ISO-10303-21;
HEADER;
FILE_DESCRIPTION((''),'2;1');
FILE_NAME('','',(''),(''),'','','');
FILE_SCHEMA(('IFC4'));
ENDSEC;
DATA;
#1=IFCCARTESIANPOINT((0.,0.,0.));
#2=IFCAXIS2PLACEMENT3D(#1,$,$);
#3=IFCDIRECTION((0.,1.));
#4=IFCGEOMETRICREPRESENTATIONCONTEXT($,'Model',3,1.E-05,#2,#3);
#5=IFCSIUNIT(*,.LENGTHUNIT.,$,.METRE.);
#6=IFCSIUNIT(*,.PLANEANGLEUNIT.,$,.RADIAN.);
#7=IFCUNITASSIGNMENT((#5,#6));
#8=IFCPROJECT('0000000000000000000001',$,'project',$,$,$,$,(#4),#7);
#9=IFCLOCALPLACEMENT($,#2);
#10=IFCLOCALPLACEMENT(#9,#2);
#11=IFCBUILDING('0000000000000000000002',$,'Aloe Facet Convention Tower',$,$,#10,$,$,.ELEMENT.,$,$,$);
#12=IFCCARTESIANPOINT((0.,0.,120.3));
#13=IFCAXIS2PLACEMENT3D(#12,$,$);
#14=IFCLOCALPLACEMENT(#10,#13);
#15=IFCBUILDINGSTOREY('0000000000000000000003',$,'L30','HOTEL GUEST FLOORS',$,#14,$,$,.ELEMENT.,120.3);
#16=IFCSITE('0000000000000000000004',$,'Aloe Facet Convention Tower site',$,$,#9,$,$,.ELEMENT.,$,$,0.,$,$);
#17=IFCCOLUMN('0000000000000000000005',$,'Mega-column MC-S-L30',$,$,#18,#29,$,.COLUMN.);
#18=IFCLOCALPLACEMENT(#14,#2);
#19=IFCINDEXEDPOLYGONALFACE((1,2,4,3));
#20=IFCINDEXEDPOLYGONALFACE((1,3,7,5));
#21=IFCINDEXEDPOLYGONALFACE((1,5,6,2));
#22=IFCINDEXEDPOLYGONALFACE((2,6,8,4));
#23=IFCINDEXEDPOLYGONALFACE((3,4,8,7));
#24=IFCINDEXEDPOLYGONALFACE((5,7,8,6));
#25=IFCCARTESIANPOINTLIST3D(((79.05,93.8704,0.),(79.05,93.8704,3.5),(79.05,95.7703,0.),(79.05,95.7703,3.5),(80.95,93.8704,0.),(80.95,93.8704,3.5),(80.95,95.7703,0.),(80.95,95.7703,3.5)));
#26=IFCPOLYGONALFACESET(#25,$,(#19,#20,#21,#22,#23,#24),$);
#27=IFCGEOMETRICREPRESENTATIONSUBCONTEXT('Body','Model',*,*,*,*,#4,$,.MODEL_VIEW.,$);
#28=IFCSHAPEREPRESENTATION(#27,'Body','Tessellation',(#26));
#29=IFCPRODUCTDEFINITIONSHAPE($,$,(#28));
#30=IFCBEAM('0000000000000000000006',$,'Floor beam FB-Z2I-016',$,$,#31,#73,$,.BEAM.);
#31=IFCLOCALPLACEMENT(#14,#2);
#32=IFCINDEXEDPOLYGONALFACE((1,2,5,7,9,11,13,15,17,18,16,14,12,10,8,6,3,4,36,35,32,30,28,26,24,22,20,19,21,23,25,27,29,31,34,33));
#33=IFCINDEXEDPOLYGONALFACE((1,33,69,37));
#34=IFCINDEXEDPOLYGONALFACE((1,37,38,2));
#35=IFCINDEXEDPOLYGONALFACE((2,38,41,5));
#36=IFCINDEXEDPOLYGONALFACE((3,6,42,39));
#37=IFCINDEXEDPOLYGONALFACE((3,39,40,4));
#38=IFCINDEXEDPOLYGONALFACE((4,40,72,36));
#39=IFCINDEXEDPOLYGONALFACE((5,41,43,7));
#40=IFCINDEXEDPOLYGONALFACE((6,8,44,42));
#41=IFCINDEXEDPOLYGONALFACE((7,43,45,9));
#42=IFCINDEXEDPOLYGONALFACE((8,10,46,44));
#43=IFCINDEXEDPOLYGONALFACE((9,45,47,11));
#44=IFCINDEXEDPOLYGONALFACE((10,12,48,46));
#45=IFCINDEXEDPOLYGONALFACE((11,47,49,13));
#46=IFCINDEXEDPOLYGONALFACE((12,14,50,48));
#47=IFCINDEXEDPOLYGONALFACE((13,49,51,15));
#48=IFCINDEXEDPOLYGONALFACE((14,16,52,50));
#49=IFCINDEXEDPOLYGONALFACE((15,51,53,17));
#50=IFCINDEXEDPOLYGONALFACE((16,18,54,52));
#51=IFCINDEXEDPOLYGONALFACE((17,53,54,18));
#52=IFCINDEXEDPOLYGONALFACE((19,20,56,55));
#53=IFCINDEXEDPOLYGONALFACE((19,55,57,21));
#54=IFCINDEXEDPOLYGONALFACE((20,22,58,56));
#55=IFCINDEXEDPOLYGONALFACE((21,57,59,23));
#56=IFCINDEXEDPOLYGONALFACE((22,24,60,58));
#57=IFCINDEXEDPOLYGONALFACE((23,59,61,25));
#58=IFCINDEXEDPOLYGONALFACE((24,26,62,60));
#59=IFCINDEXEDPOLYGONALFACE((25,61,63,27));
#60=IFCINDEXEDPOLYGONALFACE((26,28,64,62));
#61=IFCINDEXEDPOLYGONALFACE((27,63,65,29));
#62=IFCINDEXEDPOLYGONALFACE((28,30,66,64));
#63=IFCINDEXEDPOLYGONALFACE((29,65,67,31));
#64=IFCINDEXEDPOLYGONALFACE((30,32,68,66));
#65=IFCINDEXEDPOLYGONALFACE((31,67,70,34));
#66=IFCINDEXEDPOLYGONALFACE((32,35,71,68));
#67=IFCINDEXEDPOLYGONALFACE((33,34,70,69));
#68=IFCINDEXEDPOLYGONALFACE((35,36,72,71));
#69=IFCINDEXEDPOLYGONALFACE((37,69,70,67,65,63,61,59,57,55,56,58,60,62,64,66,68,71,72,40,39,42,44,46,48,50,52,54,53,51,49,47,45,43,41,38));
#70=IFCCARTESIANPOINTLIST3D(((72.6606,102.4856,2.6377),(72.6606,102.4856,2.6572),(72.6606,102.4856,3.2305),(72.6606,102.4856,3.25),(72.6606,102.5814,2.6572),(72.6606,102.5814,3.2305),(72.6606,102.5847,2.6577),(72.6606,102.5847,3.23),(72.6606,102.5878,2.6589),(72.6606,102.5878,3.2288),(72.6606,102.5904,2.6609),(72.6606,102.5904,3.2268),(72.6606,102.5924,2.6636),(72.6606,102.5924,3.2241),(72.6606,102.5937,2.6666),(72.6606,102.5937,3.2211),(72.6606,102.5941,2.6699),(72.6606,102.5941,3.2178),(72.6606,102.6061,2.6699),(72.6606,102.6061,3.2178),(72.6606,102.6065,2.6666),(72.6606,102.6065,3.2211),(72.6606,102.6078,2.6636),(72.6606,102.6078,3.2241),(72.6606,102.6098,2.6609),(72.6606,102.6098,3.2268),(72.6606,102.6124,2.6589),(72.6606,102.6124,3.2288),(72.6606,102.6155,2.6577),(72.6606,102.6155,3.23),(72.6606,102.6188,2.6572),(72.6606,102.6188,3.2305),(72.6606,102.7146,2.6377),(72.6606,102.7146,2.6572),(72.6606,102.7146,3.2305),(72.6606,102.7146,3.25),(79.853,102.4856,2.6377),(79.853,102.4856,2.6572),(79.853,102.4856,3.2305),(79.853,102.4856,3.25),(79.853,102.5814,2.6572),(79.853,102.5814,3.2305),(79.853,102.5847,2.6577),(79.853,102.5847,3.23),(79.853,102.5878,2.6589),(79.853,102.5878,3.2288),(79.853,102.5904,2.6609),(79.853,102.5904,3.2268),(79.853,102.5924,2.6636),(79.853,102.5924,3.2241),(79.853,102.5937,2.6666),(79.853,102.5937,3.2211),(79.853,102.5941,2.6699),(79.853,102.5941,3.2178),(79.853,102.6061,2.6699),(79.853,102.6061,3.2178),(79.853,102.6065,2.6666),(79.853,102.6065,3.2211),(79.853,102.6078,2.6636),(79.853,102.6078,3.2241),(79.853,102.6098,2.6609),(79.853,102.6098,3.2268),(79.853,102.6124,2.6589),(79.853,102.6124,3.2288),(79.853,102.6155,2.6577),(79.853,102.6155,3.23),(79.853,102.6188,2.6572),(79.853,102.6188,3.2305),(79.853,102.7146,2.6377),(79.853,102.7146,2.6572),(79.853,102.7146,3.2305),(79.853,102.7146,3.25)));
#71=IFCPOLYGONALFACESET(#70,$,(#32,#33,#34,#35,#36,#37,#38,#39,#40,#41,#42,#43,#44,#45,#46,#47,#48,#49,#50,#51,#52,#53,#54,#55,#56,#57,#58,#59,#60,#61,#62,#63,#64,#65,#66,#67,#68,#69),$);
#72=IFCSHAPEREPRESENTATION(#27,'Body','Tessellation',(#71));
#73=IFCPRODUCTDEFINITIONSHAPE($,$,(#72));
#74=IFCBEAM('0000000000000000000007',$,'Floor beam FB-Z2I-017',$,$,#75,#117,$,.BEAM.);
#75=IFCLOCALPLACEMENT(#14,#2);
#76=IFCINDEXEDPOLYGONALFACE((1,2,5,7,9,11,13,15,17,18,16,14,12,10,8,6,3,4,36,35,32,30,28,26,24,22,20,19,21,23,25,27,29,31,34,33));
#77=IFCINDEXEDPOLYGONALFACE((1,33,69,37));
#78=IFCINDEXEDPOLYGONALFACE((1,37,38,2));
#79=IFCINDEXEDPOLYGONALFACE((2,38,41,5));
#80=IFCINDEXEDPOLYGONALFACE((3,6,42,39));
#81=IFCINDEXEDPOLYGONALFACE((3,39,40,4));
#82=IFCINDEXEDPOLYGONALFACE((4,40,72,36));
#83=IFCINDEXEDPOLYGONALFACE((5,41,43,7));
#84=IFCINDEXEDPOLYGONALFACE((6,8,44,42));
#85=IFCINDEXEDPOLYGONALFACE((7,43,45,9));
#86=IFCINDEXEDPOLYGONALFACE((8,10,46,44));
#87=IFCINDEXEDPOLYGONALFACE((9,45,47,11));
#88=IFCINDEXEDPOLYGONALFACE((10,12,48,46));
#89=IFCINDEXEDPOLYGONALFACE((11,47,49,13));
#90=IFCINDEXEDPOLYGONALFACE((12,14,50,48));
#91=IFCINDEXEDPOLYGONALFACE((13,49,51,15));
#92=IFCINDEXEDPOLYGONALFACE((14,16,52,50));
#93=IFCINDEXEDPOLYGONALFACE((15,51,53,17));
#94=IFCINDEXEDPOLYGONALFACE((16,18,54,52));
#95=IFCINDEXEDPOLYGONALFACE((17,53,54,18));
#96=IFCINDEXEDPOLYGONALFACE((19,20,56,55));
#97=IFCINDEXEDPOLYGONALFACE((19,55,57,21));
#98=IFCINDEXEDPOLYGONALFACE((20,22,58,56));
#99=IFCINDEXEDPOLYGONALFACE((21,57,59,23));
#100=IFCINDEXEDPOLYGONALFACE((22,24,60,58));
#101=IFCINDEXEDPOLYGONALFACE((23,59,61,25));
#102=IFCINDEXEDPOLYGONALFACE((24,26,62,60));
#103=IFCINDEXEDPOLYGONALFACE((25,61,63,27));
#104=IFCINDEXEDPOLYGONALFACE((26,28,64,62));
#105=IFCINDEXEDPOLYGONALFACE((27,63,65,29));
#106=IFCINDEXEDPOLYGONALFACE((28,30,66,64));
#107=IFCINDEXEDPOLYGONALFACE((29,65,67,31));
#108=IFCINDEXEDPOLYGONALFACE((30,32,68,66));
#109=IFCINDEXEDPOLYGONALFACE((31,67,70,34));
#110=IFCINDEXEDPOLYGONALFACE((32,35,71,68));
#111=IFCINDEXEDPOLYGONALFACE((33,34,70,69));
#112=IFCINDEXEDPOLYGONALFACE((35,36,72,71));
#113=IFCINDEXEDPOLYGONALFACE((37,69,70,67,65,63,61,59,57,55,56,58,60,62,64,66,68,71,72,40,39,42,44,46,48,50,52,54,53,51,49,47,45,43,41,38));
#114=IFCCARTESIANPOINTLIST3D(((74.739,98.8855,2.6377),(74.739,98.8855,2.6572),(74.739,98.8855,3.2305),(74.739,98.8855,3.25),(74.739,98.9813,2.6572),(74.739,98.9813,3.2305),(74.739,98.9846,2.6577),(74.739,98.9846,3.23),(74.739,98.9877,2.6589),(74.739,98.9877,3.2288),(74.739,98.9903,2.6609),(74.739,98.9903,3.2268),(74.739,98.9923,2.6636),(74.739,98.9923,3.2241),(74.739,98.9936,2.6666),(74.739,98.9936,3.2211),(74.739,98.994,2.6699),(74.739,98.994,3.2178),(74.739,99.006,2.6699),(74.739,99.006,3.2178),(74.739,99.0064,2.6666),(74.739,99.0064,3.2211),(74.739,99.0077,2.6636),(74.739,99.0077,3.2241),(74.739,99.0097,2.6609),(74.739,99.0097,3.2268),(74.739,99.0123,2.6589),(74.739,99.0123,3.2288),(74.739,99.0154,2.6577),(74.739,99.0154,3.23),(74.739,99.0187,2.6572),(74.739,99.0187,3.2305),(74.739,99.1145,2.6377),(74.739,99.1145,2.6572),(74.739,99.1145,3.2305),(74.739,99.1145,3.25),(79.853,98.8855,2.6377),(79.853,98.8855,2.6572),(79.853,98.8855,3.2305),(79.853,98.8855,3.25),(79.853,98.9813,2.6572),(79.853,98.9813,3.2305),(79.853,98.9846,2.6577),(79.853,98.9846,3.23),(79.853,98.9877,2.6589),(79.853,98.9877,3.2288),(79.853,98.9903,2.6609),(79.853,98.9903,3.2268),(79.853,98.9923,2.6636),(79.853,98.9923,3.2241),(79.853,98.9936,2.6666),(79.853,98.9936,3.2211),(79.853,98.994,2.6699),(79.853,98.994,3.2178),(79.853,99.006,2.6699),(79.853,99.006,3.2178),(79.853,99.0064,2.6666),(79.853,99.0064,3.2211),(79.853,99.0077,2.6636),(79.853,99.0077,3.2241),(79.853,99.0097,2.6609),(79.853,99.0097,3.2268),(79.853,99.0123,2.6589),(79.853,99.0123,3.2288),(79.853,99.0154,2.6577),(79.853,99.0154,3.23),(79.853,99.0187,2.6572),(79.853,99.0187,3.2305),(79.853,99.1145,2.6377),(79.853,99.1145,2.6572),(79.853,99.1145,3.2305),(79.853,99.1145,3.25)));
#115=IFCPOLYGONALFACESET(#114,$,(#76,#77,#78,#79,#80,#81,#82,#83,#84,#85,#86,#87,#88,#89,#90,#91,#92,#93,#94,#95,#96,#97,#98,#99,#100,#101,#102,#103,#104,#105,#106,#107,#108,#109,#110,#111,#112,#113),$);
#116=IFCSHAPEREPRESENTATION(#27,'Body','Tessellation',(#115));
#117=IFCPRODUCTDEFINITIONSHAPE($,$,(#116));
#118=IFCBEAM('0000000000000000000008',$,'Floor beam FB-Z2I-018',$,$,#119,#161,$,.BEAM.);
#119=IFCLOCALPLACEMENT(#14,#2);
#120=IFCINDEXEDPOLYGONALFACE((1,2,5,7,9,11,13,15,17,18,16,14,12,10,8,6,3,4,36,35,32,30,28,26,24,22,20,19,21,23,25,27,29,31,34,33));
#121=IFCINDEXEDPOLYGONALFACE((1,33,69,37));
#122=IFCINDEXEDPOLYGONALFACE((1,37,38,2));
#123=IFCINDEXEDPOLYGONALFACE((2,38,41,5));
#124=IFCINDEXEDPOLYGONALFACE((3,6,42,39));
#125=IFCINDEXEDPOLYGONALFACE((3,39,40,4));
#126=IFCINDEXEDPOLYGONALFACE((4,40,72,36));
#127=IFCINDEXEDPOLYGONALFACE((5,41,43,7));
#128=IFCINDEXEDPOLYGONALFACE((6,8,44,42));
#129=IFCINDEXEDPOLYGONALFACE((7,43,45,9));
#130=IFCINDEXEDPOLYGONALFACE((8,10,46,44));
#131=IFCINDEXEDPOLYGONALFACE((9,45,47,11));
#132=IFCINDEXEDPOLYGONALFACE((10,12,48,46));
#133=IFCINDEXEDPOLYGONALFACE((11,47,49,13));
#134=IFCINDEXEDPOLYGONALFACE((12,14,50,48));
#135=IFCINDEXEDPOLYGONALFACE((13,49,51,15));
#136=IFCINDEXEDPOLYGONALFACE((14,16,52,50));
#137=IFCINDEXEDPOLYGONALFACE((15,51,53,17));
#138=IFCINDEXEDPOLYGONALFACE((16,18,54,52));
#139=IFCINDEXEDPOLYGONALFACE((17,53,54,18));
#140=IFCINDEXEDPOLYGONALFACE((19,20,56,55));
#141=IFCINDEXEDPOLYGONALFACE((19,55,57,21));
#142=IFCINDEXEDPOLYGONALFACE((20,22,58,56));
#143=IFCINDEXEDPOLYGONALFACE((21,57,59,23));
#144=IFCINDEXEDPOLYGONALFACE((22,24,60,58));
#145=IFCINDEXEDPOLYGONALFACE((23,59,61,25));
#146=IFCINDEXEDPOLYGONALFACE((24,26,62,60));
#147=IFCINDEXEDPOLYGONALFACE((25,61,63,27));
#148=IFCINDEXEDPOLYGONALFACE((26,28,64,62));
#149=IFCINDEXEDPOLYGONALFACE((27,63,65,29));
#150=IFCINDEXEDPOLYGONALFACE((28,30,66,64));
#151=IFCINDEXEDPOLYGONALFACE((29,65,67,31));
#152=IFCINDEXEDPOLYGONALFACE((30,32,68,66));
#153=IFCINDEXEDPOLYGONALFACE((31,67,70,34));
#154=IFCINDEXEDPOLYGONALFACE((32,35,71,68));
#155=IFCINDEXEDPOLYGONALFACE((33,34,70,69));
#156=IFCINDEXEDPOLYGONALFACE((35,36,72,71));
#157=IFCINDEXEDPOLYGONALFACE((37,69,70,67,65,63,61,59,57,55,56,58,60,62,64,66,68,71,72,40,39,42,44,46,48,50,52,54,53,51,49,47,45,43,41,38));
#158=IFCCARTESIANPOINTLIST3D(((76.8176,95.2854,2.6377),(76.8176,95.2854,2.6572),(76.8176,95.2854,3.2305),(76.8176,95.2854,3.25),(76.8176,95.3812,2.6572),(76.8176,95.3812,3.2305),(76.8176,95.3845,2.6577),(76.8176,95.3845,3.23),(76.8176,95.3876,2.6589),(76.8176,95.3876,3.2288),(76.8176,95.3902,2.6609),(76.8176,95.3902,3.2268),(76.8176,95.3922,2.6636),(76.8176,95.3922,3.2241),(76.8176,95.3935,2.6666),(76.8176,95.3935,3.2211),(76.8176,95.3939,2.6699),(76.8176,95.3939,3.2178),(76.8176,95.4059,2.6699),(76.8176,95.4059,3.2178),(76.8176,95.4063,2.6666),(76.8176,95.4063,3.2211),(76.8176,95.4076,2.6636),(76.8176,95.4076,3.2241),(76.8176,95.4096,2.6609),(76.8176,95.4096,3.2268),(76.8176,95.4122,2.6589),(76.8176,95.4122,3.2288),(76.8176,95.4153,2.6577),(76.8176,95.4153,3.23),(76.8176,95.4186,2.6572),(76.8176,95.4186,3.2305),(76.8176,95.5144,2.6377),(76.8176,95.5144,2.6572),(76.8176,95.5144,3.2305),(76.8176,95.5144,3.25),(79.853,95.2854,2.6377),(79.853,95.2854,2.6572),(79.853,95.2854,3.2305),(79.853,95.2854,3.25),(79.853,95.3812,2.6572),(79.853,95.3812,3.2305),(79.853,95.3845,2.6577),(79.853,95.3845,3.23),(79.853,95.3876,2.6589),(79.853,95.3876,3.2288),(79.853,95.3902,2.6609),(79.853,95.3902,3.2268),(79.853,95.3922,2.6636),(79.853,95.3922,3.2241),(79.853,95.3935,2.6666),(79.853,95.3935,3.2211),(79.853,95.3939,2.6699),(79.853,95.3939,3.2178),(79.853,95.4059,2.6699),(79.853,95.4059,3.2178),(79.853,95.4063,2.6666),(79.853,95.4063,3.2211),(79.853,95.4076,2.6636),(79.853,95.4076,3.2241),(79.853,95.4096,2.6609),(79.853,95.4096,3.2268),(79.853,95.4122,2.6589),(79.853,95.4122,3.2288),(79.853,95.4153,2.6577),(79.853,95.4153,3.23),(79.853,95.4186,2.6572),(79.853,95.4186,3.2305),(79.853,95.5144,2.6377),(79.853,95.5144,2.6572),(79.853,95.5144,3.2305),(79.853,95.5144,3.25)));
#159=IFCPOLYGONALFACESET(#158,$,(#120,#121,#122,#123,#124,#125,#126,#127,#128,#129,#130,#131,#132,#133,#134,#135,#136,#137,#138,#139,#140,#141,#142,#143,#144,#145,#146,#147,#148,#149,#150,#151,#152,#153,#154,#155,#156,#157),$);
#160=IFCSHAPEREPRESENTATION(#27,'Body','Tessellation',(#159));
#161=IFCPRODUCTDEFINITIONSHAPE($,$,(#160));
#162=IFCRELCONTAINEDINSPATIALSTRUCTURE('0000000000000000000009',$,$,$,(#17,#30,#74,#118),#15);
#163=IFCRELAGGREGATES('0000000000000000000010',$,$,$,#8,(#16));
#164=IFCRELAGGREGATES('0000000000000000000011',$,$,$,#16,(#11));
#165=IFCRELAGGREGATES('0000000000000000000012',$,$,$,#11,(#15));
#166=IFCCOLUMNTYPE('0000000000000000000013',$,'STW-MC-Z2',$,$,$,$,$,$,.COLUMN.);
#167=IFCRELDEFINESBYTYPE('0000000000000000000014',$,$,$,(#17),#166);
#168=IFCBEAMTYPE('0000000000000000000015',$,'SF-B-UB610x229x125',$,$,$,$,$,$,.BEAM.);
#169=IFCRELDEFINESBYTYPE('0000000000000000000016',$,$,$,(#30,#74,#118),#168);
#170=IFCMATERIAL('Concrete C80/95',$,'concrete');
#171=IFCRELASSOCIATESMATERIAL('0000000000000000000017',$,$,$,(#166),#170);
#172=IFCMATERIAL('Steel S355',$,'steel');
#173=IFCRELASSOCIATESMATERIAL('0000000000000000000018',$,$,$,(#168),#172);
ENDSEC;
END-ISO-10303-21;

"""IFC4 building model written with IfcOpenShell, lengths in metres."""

from ifc_helpers import new_model, si_unit, direction, frame, origin, origin_2d, place, context, subcontext, project, spatial, rectangle, i_section, extrude, material, material_profile, profile_set, type_object, element, save


model = new_model("IFC4")

# Units and contexts
model_context = context("Model", 3, precision=1e-05, world=origin(), true_north=direction((0.0, 1.0)))
body_context = subcontext(model_context, "Body", "Model", "MODEL_VIEW")
ifc_project = project(units=[si_unit("LENGTHUNIT", "METRE"), si_unit("PLANEANGLEUNIT", "RADIAN")], contexts=[model_context])

# Site, building, storey
site_placement = place(None, origin())
site = spatial("IfcSite", under=ifc_project, at=site_placement, Name="Aloe Facet Convention Tower site", CompositionType="ELEMENT", RefElevation=0.0)
building_placement = place(site_placement, origin())
building = spatial("IfcBuilding", under=site, at=building_placement, Name="Aloe Facet Convention Tower", CompositionType="ELEMENT")
storey_placement = place(building_placement, frame((0.0, 0.0, 120.3)))
storey = spatial("IfcBuildingStorey", under=building, at=storey_placement, Name="L30", Description="HOTEL GUEST FLOORS", CompositionType="ELEMENT", Elevation=120.3)

# Column
ifc_material_1 = material(Name="Concrete C80/95", Category="concrete")
ifc_material_profile_1 = material_profile(ifc_material_1, rectangle(XDim=1.8999, YDim=1.8999, at=origin_2d()), Name="STW-MC-Z2")
ifc_profile_set_1 = profile_set([ifc_material_profile_1], Name="Concrete C80/95")
column_type = type_object("IfcColumnType", Name="STW-MC-Z2", PredefinedType="COLUMN", material=ifc_profile_set_1)
column_placement = place(storey_placement, frame((80.0, 94.8203, 0.0), z_axis=(0.0, 0.0, 1.0), x_axis=(1.0, 0.0, 0.0)))
element("IfcColumn", 1, at=column_placement, inside=storey, type_object=column_type, Name="Mega-column MC-S-L30", PredefinedType="COLUMN", context=body_context, shape_type="SweptSolid", body=[
    extrude(rectangle(XDim=1.8999, YDim=1.8999, at=origin_2d()), origin(), (0.0, 0.0, 1.0), 3.5),
])

# Beams
ifc_material_2 = material(Name="Steel S355", Category="steel")
ifc_material_profile_2 = material_profile(ifc_material_2, i_section(OverallWidth=0.229, OverallDepth=0.6123, WebThickness=0.012, FlangeThickness=0.0195, FilletRadius=0.0127, at=origin_2d()), Name="UB 610x229x125")
ifc_profile_set_2 = profile_set([ifc_material_profile_2], Name="Steel S355")
beam_type = type_object("IfcBeamType", Name="SF-B-UB610x229x125", PredefinedType="BEAM", material=ifc_profile_set_2)
beam_1_placement = place(storey_placement, frame((72.6606, 102.6001, 2.9438), z_axis=(1.0, 0.0, 0.0), x_axis=(0.0, 1.0, 0.0)))
element("IfcBeam", 2, at=beam_1_placement, inside=storey, type_object=beam_type, Name="Floor beam FB-Z2I-016", PredefinedType="BEAM", context=body_context, shape_type="SweptSolid", body=[
    extrude(i_section(OverallWidth=0.229, OverallDepth=0.6123, WebThickness=0.012, FlangeThickness=0.0195, FilletRadius=0.0127, at=origin_2d()), origin(), (0.0, 0.0, 1.0), 7.1924),
])
beam_2_placement = place(storey_placement, frame((74.739, 99.0, 2.9438), z_axis=(1.0, 0.0, 0.0), x_axis=(0.0, 1.0, 0.0)))
element("IfcBeam", 3, at=beam_2_placement, inside=storey, type_object=beam_type, Name="Floor beam FB-Z2I-017", PredefinedType="BEAM", context=body_context, shape_type="SweptSolid", body=[
    extrude(i_section(OverallWidth=0.229, OverallDepth=0.6123, WebThickness=0.012, FlangeThickness=0.0195, FilletRadius=0.0127, at=origin_2d()), origin(), (0.0, 0.0, 1.0), 5.114),
])
for number, where, z_axis, x_axis, name in (
    (4, (76.8176, 95.3999, 2.9438), (1.0, 0.0, 0.0), (0.0, 1.0, 0.0), "Floor beam FB-Z2I-018"),
):
    element("IfcBeam", number, at=place(storey_placement, frame(where, z_axis=z_axis, x_axis=x_axis)), inside=storey, type_object=beam_type, Name=name, PredefinedType="BEAM", context=body_context, shape_type="SweptSolid", body=[
        extrude(i_section(OverallWidth=0.229, OverallDepth=0.6123, WebThickness=0.012, FlangeThickness=0.0195, FilletRadius=0.0127, at=origin_2d()), origin(), (0.0, 0.0, 1.0), 3.0354),
    ])

save(model, "model.ifc")
